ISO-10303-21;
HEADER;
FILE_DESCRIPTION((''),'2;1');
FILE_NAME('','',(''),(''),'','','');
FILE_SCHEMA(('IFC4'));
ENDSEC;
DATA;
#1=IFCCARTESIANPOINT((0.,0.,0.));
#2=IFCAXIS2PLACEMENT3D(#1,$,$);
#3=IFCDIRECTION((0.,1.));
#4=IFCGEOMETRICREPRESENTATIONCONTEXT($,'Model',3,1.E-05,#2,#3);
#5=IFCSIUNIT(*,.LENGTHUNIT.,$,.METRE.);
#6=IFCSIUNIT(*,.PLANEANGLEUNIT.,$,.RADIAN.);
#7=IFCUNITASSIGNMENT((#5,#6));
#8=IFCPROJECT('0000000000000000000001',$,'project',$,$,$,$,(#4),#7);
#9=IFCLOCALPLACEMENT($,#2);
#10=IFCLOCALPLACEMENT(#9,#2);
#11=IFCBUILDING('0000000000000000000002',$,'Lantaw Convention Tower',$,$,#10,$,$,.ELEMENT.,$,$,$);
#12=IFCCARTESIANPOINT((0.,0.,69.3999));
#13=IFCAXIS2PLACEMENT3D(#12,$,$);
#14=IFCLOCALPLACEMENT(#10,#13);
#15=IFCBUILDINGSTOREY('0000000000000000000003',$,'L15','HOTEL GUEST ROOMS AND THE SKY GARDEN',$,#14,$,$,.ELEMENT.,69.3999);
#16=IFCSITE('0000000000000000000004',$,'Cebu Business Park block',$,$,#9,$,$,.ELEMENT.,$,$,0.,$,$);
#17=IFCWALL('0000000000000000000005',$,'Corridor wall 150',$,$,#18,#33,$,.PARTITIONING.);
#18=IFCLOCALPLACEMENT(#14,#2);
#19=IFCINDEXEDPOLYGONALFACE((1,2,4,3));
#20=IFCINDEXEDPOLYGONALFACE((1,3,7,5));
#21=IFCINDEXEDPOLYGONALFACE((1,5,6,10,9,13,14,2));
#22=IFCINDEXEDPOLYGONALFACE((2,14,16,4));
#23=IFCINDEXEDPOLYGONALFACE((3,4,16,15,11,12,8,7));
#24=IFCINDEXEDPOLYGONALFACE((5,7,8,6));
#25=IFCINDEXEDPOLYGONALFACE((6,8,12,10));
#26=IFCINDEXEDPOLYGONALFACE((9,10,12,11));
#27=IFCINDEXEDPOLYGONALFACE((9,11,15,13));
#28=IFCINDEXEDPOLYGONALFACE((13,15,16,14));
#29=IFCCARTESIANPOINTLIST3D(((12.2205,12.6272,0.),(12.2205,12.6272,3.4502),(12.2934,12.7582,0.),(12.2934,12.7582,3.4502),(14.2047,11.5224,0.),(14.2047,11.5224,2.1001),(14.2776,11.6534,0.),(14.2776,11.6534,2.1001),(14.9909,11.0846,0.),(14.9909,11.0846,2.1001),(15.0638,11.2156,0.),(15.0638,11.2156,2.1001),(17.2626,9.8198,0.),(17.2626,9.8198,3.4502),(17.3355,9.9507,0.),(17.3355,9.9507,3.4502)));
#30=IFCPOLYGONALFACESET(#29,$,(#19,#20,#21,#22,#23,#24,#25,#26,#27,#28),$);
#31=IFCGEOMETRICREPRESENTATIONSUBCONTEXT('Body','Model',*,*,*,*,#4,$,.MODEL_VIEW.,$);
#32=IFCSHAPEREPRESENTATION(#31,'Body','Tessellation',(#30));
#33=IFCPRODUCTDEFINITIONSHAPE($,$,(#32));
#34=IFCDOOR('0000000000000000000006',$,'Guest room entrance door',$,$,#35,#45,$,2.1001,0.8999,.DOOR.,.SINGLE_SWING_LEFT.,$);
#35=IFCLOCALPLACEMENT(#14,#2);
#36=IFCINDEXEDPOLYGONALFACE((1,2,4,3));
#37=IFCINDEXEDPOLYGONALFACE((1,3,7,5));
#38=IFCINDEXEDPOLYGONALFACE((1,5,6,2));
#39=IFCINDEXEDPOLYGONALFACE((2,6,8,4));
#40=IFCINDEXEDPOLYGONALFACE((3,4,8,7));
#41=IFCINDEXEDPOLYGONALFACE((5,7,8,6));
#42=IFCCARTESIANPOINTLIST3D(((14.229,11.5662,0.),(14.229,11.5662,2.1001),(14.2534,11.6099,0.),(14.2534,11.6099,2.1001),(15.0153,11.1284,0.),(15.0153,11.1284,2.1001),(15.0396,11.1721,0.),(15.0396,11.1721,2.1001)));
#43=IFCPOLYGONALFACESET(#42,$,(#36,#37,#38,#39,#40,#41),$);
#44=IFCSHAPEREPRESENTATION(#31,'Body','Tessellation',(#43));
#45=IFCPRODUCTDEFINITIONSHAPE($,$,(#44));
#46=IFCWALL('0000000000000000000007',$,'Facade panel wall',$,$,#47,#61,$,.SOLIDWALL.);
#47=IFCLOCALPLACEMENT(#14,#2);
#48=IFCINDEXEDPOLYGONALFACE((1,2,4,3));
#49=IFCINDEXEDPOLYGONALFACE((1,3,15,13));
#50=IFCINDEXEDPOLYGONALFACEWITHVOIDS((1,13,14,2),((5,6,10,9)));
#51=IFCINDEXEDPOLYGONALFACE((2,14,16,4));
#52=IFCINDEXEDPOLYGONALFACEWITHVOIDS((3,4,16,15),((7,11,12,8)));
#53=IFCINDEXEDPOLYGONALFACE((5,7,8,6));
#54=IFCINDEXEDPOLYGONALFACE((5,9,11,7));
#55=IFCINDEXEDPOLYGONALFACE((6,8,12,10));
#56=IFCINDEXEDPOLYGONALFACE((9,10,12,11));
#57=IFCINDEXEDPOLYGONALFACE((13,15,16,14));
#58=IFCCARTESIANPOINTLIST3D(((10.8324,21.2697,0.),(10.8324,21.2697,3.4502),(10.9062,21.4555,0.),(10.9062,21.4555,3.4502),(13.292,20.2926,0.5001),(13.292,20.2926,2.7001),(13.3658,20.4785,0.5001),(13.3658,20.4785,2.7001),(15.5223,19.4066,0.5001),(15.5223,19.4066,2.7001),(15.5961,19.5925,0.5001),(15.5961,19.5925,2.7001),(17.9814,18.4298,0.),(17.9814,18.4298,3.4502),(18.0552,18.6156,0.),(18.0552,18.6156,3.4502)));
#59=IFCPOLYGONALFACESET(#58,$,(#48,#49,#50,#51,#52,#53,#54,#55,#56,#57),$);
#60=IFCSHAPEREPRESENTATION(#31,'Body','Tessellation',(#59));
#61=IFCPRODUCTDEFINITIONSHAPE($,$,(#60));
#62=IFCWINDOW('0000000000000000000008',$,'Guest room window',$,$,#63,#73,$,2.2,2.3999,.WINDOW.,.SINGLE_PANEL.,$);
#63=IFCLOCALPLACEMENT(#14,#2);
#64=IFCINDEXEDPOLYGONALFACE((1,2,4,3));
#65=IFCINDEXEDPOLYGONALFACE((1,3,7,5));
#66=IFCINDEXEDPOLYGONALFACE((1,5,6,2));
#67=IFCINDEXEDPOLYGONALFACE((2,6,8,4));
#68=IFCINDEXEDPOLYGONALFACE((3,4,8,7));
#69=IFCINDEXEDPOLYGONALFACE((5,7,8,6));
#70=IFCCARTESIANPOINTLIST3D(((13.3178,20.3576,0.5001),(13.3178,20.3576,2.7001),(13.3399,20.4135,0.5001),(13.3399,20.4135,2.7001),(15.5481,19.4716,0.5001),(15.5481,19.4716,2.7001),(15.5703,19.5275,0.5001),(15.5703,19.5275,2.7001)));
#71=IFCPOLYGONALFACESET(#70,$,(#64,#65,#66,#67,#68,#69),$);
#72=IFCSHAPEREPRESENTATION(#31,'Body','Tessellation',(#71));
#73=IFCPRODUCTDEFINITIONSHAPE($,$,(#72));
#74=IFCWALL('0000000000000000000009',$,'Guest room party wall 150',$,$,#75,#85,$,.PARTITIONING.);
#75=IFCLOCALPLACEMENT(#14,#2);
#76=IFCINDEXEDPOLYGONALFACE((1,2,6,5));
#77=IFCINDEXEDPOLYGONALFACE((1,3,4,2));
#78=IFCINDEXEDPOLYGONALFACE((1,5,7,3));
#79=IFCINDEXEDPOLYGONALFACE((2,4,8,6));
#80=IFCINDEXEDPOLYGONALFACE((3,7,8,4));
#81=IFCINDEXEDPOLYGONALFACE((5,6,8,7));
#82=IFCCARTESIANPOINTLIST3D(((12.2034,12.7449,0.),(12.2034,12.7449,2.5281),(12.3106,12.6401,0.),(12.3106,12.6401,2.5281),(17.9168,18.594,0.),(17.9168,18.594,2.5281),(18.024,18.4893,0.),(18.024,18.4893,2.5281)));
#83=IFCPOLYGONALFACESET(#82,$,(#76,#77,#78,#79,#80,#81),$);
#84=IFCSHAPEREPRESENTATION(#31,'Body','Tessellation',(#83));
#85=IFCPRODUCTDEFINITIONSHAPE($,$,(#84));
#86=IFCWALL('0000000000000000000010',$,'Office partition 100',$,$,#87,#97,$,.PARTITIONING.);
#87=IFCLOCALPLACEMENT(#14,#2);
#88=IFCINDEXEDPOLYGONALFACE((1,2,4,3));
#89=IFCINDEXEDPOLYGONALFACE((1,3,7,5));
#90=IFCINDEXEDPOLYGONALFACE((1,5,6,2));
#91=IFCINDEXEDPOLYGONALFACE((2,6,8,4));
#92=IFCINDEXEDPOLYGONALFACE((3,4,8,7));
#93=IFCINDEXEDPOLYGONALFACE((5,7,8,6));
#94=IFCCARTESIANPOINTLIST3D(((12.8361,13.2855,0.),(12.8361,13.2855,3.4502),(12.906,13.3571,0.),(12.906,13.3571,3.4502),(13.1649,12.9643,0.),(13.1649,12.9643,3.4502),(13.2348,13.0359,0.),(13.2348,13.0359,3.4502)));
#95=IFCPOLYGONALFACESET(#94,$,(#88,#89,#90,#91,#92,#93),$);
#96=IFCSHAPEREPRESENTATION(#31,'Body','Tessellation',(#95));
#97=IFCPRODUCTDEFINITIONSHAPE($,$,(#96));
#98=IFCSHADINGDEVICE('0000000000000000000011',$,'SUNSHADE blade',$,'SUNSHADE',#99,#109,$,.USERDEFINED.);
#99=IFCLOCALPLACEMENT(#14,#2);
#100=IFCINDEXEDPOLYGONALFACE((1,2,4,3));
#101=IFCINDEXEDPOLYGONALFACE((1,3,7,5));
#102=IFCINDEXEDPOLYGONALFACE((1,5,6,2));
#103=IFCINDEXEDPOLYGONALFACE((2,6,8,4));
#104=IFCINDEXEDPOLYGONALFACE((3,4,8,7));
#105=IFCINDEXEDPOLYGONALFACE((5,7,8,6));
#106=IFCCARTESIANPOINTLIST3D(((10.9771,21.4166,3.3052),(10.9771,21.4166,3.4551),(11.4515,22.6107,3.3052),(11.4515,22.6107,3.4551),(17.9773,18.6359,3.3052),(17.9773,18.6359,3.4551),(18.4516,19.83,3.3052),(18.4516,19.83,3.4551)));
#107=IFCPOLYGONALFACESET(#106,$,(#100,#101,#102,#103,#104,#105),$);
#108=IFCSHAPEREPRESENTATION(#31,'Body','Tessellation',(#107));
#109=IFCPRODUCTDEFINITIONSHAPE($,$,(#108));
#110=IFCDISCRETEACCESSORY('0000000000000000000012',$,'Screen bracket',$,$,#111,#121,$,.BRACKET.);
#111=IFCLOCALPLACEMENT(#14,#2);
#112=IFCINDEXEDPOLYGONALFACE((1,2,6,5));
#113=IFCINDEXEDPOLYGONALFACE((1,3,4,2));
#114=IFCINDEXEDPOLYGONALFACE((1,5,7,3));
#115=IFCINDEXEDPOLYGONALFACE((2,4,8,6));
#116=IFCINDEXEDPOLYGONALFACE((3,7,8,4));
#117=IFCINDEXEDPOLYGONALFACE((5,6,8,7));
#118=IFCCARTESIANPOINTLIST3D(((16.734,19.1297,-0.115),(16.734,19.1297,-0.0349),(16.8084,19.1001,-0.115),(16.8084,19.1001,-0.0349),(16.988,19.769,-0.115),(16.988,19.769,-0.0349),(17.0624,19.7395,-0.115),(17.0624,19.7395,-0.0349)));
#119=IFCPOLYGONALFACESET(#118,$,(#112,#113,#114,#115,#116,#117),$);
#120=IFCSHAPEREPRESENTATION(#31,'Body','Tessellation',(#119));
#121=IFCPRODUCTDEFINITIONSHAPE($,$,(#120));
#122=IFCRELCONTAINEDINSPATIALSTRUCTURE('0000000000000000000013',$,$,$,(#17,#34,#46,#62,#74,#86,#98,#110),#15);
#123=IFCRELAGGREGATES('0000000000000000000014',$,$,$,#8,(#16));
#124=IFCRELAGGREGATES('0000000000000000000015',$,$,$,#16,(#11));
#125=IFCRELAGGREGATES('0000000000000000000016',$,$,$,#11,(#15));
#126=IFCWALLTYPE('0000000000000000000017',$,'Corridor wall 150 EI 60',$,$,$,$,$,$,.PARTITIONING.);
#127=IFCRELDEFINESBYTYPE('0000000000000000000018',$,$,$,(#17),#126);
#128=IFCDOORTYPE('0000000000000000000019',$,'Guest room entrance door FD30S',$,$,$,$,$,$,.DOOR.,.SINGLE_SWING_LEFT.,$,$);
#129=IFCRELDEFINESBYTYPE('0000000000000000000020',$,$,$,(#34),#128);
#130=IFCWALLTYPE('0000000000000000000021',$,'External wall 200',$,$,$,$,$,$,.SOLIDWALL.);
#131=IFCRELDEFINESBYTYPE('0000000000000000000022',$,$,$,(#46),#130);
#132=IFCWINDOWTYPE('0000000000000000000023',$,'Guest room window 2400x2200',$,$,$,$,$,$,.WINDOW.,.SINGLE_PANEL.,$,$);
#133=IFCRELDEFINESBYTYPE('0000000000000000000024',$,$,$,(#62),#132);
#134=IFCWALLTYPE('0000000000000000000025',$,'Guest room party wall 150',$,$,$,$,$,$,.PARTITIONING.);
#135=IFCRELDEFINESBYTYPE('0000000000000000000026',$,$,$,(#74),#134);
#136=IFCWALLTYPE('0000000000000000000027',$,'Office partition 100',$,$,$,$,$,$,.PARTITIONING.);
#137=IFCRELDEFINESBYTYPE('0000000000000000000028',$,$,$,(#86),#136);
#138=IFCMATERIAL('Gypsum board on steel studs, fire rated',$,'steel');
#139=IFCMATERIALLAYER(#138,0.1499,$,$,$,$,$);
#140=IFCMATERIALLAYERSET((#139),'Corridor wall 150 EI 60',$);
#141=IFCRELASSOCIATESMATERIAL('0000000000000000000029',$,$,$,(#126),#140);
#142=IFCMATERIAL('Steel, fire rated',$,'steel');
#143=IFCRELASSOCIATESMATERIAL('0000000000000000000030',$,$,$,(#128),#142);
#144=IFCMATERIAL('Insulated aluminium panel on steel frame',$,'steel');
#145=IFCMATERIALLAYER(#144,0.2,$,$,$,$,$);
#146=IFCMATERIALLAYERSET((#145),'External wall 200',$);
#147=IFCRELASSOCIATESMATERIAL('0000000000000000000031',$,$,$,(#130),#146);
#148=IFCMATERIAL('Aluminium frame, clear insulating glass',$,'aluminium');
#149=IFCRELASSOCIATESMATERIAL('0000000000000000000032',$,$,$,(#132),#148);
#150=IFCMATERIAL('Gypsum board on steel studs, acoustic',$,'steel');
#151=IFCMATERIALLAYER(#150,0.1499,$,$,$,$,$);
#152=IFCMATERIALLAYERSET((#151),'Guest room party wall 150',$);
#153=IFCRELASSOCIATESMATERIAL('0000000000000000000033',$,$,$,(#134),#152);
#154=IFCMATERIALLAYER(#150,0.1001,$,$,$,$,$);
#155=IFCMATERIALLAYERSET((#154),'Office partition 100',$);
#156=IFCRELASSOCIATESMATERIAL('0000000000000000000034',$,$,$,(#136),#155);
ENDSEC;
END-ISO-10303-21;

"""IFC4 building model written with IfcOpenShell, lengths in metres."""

from ifc_helpers import new_model, si_unit, direction, frame, frame_2d, origin, origin_2d, place, context, subcontext, project, spatial, rectangle, extrude, material, layer, layer_set, type_object, element, fill, save


model = new_model("IFC4")

# Units and contexts
model_context = context("Model", 3, precision=1e-05, world=origin(), true_north=direction((0.0, 1.0)))
body_context = subcontext(model_context, "Body", "Model", "MODEL_VIEW")
ifc_project = project(units=[si_unit("LENGTHUNIT", "METRE"), si_unit("PLANEANGLEUNIT", "RADIAN")], contexts=[model_context])

# Site, building, storey
site_placement = place(None, origin())
site = spatial("IfcSite", under=ifc_project, at=site_placement, Name="Cebu Business Park block", CompositionType="ELEMENT", RefElevation=0.0)
building_placement = place(site_placement, origin())
building = spatial("IfcBuilding", under=site, at=building_placement, Name="Lantaw Convention Tower", CompositionType="ELEMENT")
storey_placement = place(building_placement, frame((0.0, 0.0, 69.3999)))
storey = spatial("IfcBuildingStorey", under=building, at=storey_placement, Name="L15", Description="HOTEL GUEST ROOMS AND THE SKY GARDEN", CompositionType="ELEMENT", Elevation=69.3999)

# Wall, opening, door
ifc_material_1 = material(Name="Gypsum board on steel studs, fire rated", Category="steel")
ifc_layer_1 = layer(ifc_material_1, 0.1499)
ifc_layer_set_1 = layer_set([ifc_layer_1], Name="Corridor wall 150 EI 60")
wall_type_1 = type_object("IfcWallType", Name="Corridor wall 150 EI 60", PredefinedType="PARTITIONING", material=ifc_layer_set_1)
wall_1_placement = place(storey_placement, frame((17.2991, 9.8853, 0.0), z_axis=(0.0, 0.0, 1.0), x_axis=(-0.873696, 0.486472, 0.0)))
wall_1 = element("IfcWall", 1, at=wall_1_placement, inside=storey, type_object=wall_type_1, Name="Corridor wall 150", PredefinedType="PARTITIONING", context=body_context, shape_type="SweptSolid", body=[
    extrude(rectangle(XDim=5.771, YDim=0.1499, at=frame_2d((2.8855, 0.0))), origin(), (0.0, 0.0, 1.0), 3.4502),
])
opening_1_placement = place(wall_1_placement, frame((2.6001, 0.0, 0.0)))
opening_1 = element("IfcOpeningElement", 2, at=opening_1_placement, cuts=wall_1, PredefinedType="OPENING", context=body_context, shape_type="SweptSolid", body=[
    extrude(rectangle(XDim=0.8999, YDim=2.1001, at=frame_2d((0.45, 1.05))), frame((0.0, 0.085, 0.0), z_axis=(0.0, -1.0, 0.0), x_axis=(1.0, 0.0, 0.0)), (0.0, 0.0, 1.0), 0.1699),
])
ifc_material_2 = material(Name="Steel, fire rated", Category="steel")
door_type_1 = type_object("IfcDoorType", Name="Guest room entrance door FD30S", OperationType="SINGLE_SWING_LEFT", PredefinedType="DOOR", material=ifc_material_2)
door_1_placement = place(opening_1_placement, origin())
door_1 = element("IfcDoor", 3, at=door_1_placement, inside=storey, type_object=door_type_1, Name="Guest room entrance door", OperationType="SINGLE_SWING_LEFT", OverallHeight=2.1001, OverallWidth=0.8999, PredefinedType="DOOR", context=body_context, shape_type="SweptSolid", body=[
    extrude(rectangle(XDim=0.8999, YDim=2.1001, at=frame_2d((0.45, 1.05))), frame((0.0, 0.0249, 0.0), z_axis=(0.0, -1.0, 0.0), x_axis=(1.0, 0.0, 0.0)), (0.0, 0.0, 1.0), 0.05),
])
fill(opening_1, door_1)

# Wall, opening, window
ifc_material_3 = material(Name="Insulated aluminium panel on steel frame", Category="steel")
ifc_layer_2 = layer(ifc_material_3, 0.2)
ifc_layer_set_2 = layer_set([ifc_layer_2], Name="External wall 200")
wall_type_2 = type_object("IfcWallType", Name="External wall 200", PredefinedType="SOLIDWALL", material=ifc_layer_set_2)
wall_2_placement = place(storey_placement, frame((18.0183, 18.5227, 0.0), z_axis=(0.0, 0.0, 1.0), x_axis=(-0.929358, 0.369179, 0.0)))
wall_2 = element("IfcWall", 4, at=wall_2_placement, inside=storey, type_object=wall_type_2, Name="Facade panel wall", PredefinedType="SOLIDWALL", context=body_context, shape_type="SweptSolid", body=[
    extrude(rectangle(XDim=7.6924, YDim=0.2, at=frame_2d((3.8462, 0.0))), origin(), (0.0, 0.0, 1.0), 3.4502),
])
opening_2_placement = place(wall_2_placement, frame((2.646, 0.0, 0.5)))
opening_2 = element("IfcOpeningElement", 5, at=opening_2_placement, cuts=wall_2, PredefinedType="OPENING", context=body_context, shape_type="SweptSolid", body=[
    extrude(rectangle(XDim=2.3999, YDim=2.2, at=frame_2d((1.2, 1.1001))), frame((0.0, 0.1099, 0.0), z_axis=(0.0, -1.0, 0.0), x_axis=(1.0, 0.0, 0.0)), (0.0, 0.0, 1.0), 0.22),
])
ifc_material_4 = material(Name="Aluminium frame, clear insulating glass", Category="aluminium")
window_type = type_object("IfcWindowType", Name="Guest room window 2400x2200", PartitioningType="SINGLE_PANEL", PredefinedType="WINDOW", material=ifc_material_4)
window_placement = place(opening_2_placement, origin())
window = element("IfcWindow", 6, at=window_placement, inside=storey, type_object=window_type, Name="Guest room window", OverallHeight=2.2, OverallWidth=2.3999, PartitioningType="SINGLE_PANEL", PredefinedType="WINDOW", context=body_context, shape_type="SweptSolid", body=[
    extrude(rectangle(XDim=2.3999, YDim=2.2, at=frame_2d((1.2, 1.1001))), frame((0.0, 0.03, 0.0), z_axis=(0.0, -1.0, 0.0), x_axis=(1.0, 0.0, 0.0)), (0.0, 0.0, 1.0), 0.0601),
])
fill(opening_2, window)

# Walls
ifc_material_5 = material(Name="Gypsum board on steel studs, acoustic", Category="steel")
ifc_layer_3 = layer(ifc_material_5, 0.1499)
ifc_layer_set_3 = layer_set([ifc_layer_3], Name="Guest room party wall 150")
wall_type_3 = type_object("IfcWallType", Name="Guest room party wall 150", PredefinedType="PARTITIONING", material=ifc_layer_set_3)
wall_3_placement = place(storey_placement, frame((17.9705, 18.5417, 0.0), z_axis=(0.0, 0.0, 1.0), x_axis=(-0.698757, -0.715359, 0.0)))
element("IfcWall", 7, at=wall_3_placement, inside=storey, type_object=wall_type_3, Name="Guest room party wall 150", PredefinedType="PARTITIONING", context=body_context, shape_type="SweptSolid", body=[
    extrude(rectangle(XDim=8.1765, YDim=0.1499, at=frame_2d((4.0884, 0.0))), origin(), (0.0, 0.0, 1.0), 2.5281),
])
ifc_layer_4 = layer(ifc_material_5, 0.1001)
ifc_layer_set_4 = layer_set([ifc_layer_4], Name="Office partition 100")
wall_type_4 = type_object("IfcWallType", Name="Office partition 100", PredefinedType="PARTITIONING", material=ifc_layer_set_4)
wall_4_placement = place(storey_placement, frame((13.2, 13.0, 0.0), z_axis=(0.0, 0.0, 1.0), x_axis=(-0.71529, 0.698828, 0.0)))
element("IfcWall", 8, at=wall_4_placement, inside=storey, type_object=wall_type_4, Name="Office partition 100", PredefinedType="PARTITIONING", context=body_context, shape_type="SweptSolid", body=[
    extrude(rectangle(XDim=0.4597, YDim=0.1001, at=frame_2d((0.23, 0.0))), origin(), (0.0, 0.0, 1.0), 3.4502),
])

# Shading device
shading_device_placement = place(storey_placement, frame((14.7144, 20.6233, 3.3052), z_axis=(0.0, 0.0, 1.0), x_axis=(-0.929361, 0.369172, 0.0)))
element("IfcShadingDevice", 9, at=shading_device_placement, inside=storey, Name="SUNSHADE blade", ObjectType="SUNSHADE", PredefinedType="USERDEFINED", context=body_context, shape_type="SweptSolid", body=[
    extrude(rectangle(XDim=7.5322, YDim=1.2849, at=origin_2d()), origin(), (0.0, 0.0, 1.0), 0.1499),
])

# Discrete accessory
discrete_accessory_placement = place(storey_placement, frame((16.8982, 19.4346, -0.115), z_axis=(0.0, 0.0, 1.0), x_axis=(-0.929361, 0.369172, 0.0)))
element("IfcDiscreteAccessory", 10, at=discrete_accessory_placement, inside=storey, Name="Screen bracket", PredefinedType="BRACKET", context=body_context, shape_type="SweptSolid", body=[
    extrude(rectangle(XDim=0.0801, YDim=0.688, at=origin_2d()), origin(), (0.0, 0.0, 1.0), 0.0801),
])

save(model, "model.ifc")
